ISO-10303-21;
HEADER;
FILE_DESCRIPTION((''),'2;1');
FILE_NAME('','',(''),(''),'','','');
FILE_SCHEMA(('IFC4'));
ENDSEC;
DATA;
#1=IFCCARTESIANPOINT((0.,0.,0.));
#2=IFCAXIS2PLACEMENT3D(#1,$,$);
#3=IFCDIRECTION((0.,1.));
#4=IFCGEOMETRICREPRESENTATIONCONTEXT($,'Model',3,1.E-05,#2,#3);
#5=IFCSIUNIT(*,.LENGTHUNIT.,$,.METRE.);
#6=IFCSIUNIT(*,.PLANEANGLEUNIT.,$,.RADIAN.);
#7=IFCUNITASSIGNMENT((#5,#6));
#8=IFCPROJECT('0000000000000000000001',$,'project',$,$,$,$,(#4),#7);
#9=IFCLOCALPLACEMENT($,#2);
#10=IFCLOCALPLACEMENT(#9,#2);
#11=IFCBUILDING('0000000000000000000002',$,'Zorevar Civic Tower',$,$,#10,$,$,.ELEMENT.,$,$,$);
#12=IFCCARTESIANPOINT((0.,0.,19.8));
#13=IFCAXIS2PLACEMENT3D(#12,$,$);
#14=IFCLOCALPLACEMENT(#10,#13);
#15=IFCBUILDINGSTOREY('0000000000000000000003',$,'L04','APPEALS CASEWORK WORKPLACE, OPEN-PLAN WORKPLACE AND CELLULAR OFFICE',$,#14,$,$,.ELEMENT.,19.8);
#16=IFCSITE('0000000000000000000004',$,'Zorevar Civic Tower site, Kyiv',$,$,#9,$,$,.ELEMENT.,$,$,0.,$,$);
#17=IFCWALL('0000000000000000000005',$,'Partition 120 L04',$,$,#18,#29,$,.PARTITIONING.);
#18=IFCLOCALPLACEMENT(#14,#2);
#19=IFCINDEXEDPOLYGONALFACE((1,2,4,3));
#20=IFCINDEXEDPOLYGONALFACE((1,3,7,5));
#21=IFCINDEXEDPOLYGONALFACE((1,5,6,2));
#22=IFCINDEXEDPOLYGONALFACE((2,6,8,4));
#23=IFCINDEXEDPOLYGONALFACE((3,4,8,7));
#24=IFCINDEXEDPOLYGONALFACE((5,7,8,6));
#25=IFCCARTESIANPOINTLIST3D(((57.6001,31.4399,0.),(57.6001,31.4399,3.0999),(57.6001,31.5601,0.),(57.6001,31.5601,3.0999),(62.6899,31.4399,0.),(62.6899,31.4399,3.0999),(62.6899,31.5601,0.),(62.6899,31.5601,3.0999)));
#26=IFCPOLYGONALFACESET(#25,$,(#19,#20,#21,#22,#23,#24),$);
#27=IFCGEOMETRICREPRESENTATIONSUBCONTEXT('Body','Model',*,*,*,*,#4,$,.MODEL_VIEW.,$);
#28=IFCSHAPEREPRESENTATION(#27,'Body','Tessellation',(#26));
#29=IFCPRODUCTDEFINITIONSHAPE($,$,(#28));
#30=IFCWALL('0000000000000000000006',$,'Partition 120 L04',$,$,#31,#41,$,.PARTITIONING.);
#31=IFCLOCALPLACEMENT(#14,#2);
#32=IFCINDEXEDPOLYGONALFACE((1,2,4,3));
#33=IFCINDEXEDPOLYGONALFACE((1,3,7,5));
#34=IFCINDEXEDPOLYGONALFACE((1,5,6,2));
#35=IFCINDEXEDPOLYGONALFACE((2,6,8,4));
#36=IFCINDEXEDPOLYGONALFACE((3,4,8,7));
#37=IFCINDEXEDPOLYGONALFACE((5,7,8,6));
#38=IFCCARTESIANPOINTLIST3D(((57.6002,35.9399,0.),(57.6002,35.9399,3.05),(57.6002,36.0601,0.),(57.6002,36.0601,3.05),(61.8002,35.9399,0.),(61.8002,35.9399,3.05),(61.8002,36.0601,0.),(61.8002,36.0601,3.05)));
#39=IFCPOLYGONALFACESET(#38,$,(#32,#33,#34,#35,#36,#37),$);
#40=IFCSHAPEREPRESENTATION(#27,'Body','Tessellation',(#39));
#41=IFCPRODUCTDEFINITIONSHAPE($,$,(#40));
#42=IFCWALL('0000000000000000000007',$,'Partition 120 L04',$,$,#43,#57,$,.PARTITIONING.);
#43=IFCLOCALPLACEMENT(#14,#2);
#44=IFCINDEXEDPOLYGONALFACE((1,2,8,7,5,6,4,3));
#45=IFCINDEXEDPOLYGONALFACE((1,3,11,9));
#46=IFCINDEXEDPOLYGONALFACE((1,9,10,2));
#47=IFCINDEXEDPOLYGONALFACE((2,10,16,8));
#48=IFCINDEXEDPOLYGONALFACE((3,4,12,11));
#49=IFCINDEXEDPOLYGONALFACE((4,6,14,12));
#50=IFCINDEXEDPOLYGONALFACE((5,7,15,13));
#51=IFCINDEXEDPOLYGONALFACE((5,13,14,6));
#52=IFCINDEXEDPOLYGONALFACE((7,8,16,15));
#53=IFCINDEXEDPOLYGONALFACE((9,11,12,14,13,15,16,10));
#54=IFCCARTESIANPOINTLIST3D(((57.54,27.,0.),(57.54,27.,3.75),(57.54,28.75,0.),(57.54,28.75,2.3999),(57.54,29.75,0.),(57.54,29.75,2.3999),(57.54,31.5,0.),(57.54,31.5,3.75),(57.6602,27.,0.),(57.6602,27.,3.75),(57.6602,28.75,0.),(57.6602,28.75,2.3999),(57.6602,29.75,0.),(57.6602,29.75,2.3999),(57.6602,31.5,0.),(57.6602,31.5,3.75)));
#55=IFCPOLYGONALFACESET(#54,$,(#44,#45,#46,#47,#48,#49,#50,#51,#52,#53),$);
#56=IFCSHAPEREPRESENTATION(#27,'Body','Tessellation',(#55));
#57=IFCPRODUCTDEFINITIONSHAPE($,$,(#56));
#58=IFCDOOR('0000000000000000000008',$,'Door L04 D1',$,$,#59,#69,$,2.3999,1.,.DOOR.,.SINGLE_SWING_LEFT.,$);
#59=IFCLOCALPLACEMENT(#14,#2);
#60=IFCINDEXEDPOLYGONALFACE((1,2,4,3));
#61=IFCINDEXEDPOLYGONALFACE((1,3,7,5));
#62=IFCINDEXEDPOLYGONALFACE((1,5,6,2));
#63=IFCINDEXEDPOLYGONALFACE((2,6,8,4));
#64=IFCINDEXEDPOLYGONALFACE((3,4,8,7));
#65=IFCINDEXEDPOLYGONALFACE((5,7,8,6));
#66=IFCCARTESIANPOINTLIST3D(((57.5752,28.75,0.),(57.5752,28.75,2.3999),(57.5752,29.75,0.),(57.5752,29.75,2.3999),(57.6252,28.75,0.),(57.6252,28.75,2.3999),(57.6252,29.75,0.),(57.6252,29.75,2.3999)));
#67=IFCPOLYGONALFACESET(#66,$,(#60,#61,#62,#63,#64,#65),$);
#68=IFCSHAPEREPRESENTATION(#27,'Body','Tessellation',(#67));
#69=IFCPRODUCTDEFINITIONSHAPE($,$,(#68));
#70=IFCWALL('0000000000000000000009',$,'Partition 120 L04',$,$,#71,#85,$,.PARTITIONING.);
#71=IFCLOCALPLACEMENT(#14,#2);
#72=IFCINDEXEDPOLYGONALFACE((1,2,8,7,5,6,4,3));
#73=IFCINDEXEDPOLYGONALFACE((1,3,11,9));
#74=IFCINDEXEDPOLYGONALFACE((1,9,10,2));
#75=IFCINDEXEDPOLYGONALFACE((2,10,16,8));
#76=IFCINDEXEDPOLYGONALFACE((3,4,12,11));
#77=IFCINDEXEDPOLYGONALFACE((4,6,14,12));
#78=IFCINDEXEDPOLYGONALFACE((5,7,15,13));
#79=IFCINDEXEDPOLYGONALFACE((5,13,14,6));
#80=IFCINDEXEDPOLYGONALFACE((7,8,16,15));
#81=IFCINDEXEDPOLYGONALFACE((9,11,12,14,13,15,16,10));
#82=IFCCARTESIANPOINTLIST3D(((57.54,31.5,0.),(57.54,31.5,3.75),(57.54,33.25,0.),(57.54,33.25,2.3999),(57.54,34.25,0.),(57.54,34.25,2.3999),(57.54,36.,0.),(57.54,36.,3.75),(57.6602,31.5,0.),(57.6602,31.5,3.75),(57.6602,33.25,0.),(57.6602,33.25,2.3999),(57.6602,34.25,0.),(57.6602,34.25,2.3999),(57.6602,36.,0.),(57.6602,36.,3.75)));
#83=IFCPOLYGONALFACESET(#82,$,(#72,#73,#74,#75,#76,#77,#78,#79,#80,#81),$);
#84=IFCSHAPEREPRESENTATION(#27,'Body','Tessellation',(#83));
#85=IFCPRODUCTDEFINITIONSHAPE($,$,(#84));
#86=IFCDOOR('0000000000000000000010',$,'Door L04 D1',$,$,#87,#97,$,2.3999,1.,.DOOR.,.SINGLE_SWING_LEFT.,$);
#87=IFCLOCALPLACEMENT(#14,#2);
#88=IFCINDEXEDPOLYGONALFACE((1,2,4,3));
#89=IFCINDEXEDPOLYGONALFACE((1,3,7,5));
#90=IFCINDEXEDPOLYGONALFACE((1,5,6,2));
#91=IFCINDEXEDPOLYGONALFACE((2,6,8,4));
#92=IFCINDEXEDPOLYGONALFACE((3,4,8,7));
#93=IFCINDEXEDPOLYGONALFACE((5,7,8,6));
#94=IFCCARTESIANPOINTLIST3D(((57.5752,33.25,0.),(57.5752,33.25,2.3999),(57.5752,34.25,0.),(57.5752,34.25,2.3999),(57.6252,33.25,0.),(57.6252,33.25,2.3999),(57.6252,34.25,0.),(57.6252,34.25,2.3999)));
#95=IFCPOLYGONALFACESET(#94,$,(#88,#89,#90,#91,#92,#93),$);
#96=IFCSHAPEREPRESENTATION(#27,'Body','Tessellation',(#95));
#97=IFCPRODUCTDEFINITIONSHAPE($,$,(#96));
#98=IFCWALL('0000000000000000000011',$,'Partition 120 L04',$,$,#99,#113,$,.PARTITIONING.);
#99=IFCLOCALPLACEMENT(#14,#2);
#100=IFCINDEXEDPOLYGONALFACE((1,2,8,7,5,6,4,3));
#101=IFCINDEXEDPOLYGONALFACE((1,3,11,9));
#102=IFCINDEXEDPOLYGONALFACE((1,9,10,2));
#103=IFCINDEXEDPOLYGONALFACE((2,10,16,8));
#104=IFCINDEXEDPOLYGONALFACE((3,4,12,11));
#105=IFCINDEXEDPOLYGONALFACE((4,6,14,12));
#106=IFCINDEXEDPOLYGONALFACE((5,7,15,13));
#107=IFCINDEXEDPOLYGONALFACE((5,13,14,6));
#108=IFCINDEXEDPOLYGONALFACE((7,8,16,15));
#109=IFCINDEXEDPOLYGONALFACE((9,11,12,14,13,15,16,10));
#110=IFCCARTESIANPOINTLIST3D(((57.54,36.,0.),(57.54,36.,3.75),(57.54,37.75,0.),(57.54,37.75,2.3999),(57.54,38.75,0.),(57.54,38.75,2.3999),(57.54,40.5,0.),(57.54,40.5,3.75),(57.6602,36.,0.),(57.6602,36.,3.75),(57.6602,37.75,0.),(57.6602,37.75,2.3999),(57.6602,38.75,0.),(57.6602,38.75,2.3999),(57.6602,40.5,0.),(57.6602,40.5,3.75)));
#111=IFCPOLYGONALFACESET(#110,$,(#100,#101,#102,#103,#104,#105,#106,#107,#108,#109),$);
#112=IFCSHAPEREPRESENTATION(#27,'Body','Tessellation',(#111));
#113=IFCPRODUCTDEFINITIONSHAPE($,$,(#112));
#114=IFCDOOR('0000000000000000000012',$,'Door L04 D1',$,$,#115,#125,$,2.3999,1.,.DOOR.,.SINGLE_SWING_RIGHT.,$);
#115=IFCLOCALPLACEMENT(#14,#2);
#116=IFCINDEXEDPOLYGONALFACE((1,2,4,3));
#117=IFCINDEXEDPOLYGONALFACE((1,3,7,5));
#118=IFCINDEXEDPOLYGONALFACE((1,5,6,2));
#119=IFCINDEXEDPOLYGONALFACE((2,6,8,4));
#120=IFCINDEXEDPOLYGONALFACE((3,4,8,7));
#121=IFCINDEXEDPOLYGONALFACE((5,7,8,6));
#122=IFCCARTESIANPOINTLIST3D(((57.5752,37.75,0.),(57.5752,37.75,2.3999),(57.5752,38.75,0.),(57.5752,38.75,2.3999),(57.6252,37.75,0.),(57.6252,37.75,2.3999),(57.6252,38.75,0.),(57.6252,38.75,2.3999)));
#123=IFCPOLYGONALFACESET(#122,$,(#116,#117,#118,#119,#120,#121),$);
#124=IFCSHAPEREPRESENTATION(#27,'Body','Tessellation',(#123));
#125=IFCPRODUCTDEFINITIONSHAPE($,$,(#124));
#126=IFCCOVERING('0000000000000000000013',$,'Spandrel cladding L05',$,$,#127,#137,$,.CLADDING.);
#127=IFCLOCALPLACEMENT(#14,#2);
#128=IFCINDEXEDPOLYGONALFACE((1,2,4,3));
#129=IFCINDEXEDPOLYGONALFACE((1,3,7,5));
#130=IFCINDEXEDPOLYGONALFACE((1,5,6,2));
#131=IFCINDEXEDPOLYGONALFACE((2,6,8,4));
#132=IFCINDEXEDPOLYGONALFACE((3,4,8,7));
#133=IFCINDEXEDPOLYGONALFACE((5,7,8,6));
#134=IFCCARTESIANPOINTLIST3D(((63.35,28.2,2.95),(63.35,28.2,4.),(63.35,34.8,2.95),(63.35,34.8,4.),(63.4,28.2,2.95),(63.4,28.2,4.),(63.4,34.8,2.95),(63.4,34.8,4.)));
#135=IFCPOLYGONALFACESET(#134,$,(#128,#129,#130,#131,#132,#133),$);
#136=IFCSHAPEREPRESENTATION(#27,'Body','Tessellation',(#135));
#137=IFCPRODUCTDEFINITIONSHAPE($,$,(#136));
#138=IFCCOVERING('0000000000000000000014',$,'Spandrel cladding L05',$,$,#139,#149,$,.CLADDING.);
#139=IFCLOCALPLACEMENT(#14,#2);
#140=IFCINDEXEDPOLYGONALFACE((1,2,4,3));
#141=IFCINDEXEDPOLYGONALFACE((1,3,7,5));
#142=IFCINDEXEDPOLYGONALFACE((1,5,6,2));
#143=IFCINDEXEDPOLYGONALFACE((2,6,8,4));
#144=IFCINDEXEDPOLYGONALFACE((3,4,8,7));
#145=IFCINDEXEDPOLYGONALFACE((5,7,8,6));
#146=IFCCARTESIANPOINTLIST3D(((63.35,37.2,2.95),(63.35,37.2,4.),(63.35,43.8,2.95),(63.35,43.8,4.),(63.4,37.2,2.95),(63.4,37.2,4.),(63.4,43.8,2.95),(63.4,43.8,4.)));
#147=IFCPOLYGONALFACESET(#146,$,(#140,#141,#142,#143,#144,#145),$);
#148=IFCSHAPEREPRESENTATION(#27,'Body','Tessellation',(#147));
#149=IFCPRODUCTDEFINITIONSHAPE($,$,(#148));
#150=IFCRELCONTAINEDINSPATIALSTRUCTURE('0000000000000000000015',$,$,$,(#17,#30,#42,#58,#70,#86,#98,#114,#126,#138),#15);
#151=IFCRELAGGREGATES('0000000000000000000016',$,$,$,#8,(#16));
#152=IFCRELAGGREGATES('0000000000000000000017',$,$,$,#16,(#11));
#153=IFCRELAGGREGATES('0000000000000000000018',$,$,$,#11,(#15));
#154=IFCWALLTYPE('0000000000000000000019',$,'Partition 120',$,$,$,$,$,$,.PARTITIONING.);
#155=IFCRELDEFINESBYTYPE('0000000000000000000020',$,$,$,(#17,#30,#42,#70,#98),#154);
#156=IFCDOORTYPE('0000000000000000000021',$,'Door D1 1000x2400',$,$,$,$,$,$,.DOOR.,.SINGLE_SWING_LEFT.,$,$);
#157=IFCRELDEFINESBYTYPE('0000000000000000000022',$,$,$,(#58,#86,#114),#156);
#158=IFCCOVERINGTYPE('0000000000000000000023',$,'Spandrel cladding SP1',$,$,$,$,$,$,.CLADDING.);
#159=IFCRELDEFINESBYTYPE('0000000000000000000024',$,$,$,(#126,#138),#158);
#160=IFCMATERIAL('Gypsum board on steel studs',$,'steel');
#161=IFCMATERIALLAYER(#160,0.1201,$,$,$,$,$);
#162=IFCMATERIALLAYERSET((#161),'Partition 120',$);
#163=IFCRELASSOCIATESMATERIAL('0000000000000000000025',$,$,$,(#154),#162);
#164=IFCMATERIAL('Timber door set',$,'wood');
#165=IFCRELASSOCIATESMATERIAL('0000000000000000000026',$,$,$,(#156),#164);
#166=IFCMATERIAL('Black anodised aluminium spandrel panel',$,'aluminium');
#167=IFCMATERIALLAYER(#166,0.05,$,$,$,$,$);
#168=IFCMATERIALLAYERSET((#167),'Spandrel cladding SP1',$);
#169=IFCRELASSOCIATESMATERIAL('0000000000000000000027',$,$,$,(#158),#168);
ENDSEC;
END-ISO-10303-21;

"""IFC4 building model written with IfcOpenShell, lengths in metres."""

from ifc_helpers import new_model, si_unit, direction, frame, frame_2d, origin, place, context, subcontext, project, spatial, rectangle, extrude, material, layer, layer_set, type_object, element, fill, save


model = new_model("IFC4")

# Units and contexts
model_context = context("Model", 3, precision=1e-05, world=origin(), true_north=direction((0.0, 1.0)))
body_context = subcontext(model_context, "Body", "Model", "MODEL_VIEW")
ifc_project = project(units=[si_unit("LENGTHUNIT", "METRE"), si_unit("PLANEANGLEUNIT", "RADIAN")], contexts=[model_context])

# Site, building, storey
site_placement = place(None, origin())
site = spatial("IfcSite", under=ifc_project, at=site_placement, Name="Zorevar Civic Tower site, Kyiv", CompositionType="ELEMENT", RefElevation=0.0)
building_placement = place(site_placement, origin())
building = spatial("IfcBuilding", under=site, at=building_placement, Name="Zorevar Civic Tower", CompositionType="ELEMENT")
storey_placement = place(building_placement, frame((0.0, 0.0, 19.8)))
storey = spatial("IfcBuildingStorey", under=building, at=storey_placement, Name="L04", Description="APPEALS CASEWORK WORKPLACE, OPEN-PLAN WORKPLACE AND CELLULAR OFFICE", CompositionType="ELEMENT", Elevation=19.8)

# Walls
ifc_material_1 = material(Name="Gypsum board on steel studs", Category="steel")
ifc_layer_1 = layer(ifc_material_1, 0.1201)
ifc_layer_set_1 = layer_set([ifc_layer_1], Name="Partition 120")
wall_type_1 = type_object("IfcWallType", Name="Partition 120", PredefinedType="PARTITIONING", material=ifc_layer_set_1)
wall_1_placement = place(storey_placement, frame((57.6001, 31.5, 0.0), z_axis=(0.0, 0.0, 1.0), x_axis=(1.0, 0.0, 0.0)))
element("IfcWall", 1, at=wall_1_placement, inside=storey, type_object=wall_type_1, Name="Partition 120 L04", PredefinedType="PARTITIONING", context=body_context, shape_type="SweptSolid", body=[
    extrude(rectangle(XDim=5.0898, YDim=0.1201, at=frame_2d((2.5449, 0.0))), origin(), (0.0, 0.0, 1.0), 3.0999),
])
wall_2_placement = place(storey_placement, frame((57.6001, 36.0, 0.0), z_axis=(0.0, 0.0, 1.0), x_axis=(1.0, 0.0, 0.0)))
element("IfcWall", 2, at=wall_2_placement, inside=storey, type_object=wall_type_1, Name="Partition 120 L04", PredefinedType="PARTITIONING", context=body_context, shape_type="SweptSolid", body=[
    extrude(rectangle(XDim=4.2, YDim=0.1201, at=frame_2d((2.1001, 0.0))), origin(), (0.0, 0.0, 1.0), 3.05),
])

# Walls, openings, doors
wall_3_placement = place(storey_placement, frame((57.6001, 27.0, 0.0), z_axis=(0.0, 0.0, 1.0), x_axis=(0.0, 1.0, 0.0)))
wall_3 = element("IfcWall", 3, at=wall_3_placement, inside=storey, type_object=wall_type_1, Name="Partition 120 L04", PredefinedType="PARTITIONING", context=body_context, shape_type="SweptSolid", body=[
    extrude(rectangle(XDim=4.5, YDim=0.1201, at=frame_2d((2.25, 0.0))), origin(), (0.0, 0.0, 1.0), 3.75),
])
opening_1_placement = place(wall_3_placement, frame((1.75, 0.0, 0.0)))
opening_1 = element("IfcOpeningElement", 4, at=opening_1_placement, cuts=wall_3, PredefinedType="OPENING", context=body_context, shape_type="SweptSolid", body=[
    extrude(rectangle(XDim=1.0, YDim=2.3999, at=frame_2d((0.5, 1.2))), frame((0.0, 0.0701, 0.0), z_axis=(0.0, -1.0, 0.0), x_axis=(1.0, 0.0, 0.0)), (0.0, 0.0, 1.0), 0.1401),
])
ifc_material_2 = material(Name="Timber door set", Category="wood")
door_type_1 = type_object("IfcDoorType", Name="Door D1 1000x2400", OperationType="SINGLE_SWING_LEFT", PredefinedType="DOOR", material=ifc_material_2)
door_1_placement = place(opening_1_placement, origin())
door_1 = element("IfcDoor", 5, at=door_1_placement, inside=storey, type_object=door_type_1, Name="Door L04 D1", OperationType="SINGLE_SWING_LEFT", OverallHeight=2.3999, OverallWidth=1.0, PredefinedType="DOOR", context=body_context, shape_type="SweptSolid", body=[
    extrude(rectangle(XDim=1.0, YDim=2.3999, at=frame_2d((0.5, 1.2))), frame((0.0, 0.0249, 0.0), z_axis=(0.0, -1.0, 0.0), x_axis=(1.0, 0.0, 0.0)), (0.0, 0.0, 1.0), 0.05),
])
fill(opening_1, door_1)
wall_4_placement = place(storey_placement, frame((57.6001, 31.5, 0.0), z_axis=(0.0, 0.0, 1.0), x_axis=(0.0, 1.0, 0.0)))
wall_4 = element("IfcWall", 6, at=wall_4_placement, inside=storey, type_object=wall_type_1, Name="Partition 120 L04", PredefinedType="PARTITIONING", context=body_context, shape_type="SweptSolid", body=[
    extrude(rectangle(XDim=4.5, YDim=0.1201, at=frame_2d((2.25, 0.0))), origin(), (0.0, 0.0, 1.0), 3.75),
])
opening_2_placement = place(wall_4_placement, frame((1.75, 0.0, 0.0)))
opening_2 = element("IfcOpeningElement", 7, at=opening_2_placement, cuts=wall_4, PredefinedType="OPENING", context=body_context, shape_type="SweptSolid", body=[
    extrude(rectangle(XDim=1.0, YDim=2.3999, at=frame_2d((0.5, 1.2))), frame((0.0, 0.0701, 0.0), z_axis=(0.0, -1.0, 0.0), x_axis=(1.0, 0.0, 0.0)), (0.0, 0.0, 1.0), 0.1401),
])
door_2_placement = place(opening_2_placement, origin())
door_2 = element("IfcDoor", 8, at=door_2_placement, inside=storey, type_object=door_type_1, Name="Door L04 D1", OperationType="SINGLE_SWING_LEFT", OverallHeight=2.3999, OverallWidth=1.0, PredefinedType="DOOR", context=body_context, shape_type="SweptSolid", body=[
    extrude(rectangle(XDim=1.0, YDim=2.3999, at=frame_2d((0.5, 1.2))), frame((0.0, 0.0249, 0.0), z_axis=(0.0, -1.0, 0.0), x_axis=(1.0, 0.0, 0.0)), (0.0, 0.0, 1.0), 0.05),
])
fill(opening_2, door_2)
wall_5_placement = place(storey_placement, frame((57.6001, 36.0, 0.0), z_axis=(0.0, 0.0, 1.0), x_axis=(0.0, 1.0, 0.0)))
wall_5 = element("IfcWall", 9, at=wall_5_placement, inside=storey, type_object=wall_type_1, Name="Partition 120 L04", PredefinedType="PARTITIONING", context=body_context, shape_type="SweptSolid", body=[
    extrude(rectangle(XDim=4.5, YDim=0.1201, at=frame_2d((2.25, 0.0))), origin(), (0.0, 0.0, 1.0), 3.75),
])
opening_3_placement = place(wall_5_placement, frame((1.75, 0.0, 0.0)))
opening_3 = element("IfcOpeningElement", 10, at=opening_3_placement, cuts=wall_5, PredefinedType="OPENING", context=body_context, shape_type="SweptSolid", body=[
    extrude(rectangle(XDim=1.0, YDim=2.3999, at=frame_2d((0.5, 1.2))), frame((0.0, 0.0701, 0.0), z_axis=(0.0, -1.0, 0.0), x_axis=(1.0, 0.0, 0.0)), (0.0, 0.0, 1.0), 0.1401),
])
door_3_placement = place(opening_3_placement, origin())
door_3 = element("IfcDoor", 11, at=door_3_placement, inside=storey, type_object=door_type_1, Name="Door L04 D1", OperationType="SINGLE_SWING_RIGHT", OverallHeight=2.3999, OverallWidth=1.0, PredefinedType="DOOR", context=body_context, shape_type="SweptSolid", body=[
    extrude(rectangle(XDim=1.0, YDim=2.3999, at=frame_2d((0.5, 1.2))), frame((0.0, 0.0249, 0.0), z_axis=(0.0, -1.0, 0.0), x_axis=(1.0, 0.0, 0.0)), (0.0, 0.0, 1.0), 0.05),
])
fill(opening_3, door_3)

# Coverings
ifc_material_3 = material(Name="Black anodised aluminium spandrel panel", Category="aluminium")
ifc_layer_2 = layer(ifc_material_3, 0.05)
ifc_layer_set_2 = layer_set([ifc_layer_2], Name="Spandrel cladding SP1")
covering_type = type_object("IfcCoveringType", Name="Spandrel cladding SP1", PredefinedType="CLADDING", material=ifc_layer_set_2)
for number, where, z_axis, x_axis, name in (
    (12, (63.375, 28.2, 2.95), (0.0, 0.0, 1.0), (0.0, 1.0, 0.0), "Spandrel cladding L05"),
    (13, (63.375, 37.2, 2.95), (0.0, 0.0, 1.0), (0.0, 1.0, 0.0), "Spandrel cladding L05"),
):
    element("IfcCovering", number, at=place(storey_placement, frame(where, z_axis=z_axis, x_axis=x_axis)), inside=storey, type_object=covering_type, Name=name, PredefinedType="CLADDING", context=body_context, shape_type="SweptSolid", body=[
        extrude(rectangle(XDim=6.6001, YDim=0.05, at=frame_2d((3.3, 0.0))), origin(), (0.0, 0.0, 1.0), 1.05),
    ])

save(model, "model.ifc")
